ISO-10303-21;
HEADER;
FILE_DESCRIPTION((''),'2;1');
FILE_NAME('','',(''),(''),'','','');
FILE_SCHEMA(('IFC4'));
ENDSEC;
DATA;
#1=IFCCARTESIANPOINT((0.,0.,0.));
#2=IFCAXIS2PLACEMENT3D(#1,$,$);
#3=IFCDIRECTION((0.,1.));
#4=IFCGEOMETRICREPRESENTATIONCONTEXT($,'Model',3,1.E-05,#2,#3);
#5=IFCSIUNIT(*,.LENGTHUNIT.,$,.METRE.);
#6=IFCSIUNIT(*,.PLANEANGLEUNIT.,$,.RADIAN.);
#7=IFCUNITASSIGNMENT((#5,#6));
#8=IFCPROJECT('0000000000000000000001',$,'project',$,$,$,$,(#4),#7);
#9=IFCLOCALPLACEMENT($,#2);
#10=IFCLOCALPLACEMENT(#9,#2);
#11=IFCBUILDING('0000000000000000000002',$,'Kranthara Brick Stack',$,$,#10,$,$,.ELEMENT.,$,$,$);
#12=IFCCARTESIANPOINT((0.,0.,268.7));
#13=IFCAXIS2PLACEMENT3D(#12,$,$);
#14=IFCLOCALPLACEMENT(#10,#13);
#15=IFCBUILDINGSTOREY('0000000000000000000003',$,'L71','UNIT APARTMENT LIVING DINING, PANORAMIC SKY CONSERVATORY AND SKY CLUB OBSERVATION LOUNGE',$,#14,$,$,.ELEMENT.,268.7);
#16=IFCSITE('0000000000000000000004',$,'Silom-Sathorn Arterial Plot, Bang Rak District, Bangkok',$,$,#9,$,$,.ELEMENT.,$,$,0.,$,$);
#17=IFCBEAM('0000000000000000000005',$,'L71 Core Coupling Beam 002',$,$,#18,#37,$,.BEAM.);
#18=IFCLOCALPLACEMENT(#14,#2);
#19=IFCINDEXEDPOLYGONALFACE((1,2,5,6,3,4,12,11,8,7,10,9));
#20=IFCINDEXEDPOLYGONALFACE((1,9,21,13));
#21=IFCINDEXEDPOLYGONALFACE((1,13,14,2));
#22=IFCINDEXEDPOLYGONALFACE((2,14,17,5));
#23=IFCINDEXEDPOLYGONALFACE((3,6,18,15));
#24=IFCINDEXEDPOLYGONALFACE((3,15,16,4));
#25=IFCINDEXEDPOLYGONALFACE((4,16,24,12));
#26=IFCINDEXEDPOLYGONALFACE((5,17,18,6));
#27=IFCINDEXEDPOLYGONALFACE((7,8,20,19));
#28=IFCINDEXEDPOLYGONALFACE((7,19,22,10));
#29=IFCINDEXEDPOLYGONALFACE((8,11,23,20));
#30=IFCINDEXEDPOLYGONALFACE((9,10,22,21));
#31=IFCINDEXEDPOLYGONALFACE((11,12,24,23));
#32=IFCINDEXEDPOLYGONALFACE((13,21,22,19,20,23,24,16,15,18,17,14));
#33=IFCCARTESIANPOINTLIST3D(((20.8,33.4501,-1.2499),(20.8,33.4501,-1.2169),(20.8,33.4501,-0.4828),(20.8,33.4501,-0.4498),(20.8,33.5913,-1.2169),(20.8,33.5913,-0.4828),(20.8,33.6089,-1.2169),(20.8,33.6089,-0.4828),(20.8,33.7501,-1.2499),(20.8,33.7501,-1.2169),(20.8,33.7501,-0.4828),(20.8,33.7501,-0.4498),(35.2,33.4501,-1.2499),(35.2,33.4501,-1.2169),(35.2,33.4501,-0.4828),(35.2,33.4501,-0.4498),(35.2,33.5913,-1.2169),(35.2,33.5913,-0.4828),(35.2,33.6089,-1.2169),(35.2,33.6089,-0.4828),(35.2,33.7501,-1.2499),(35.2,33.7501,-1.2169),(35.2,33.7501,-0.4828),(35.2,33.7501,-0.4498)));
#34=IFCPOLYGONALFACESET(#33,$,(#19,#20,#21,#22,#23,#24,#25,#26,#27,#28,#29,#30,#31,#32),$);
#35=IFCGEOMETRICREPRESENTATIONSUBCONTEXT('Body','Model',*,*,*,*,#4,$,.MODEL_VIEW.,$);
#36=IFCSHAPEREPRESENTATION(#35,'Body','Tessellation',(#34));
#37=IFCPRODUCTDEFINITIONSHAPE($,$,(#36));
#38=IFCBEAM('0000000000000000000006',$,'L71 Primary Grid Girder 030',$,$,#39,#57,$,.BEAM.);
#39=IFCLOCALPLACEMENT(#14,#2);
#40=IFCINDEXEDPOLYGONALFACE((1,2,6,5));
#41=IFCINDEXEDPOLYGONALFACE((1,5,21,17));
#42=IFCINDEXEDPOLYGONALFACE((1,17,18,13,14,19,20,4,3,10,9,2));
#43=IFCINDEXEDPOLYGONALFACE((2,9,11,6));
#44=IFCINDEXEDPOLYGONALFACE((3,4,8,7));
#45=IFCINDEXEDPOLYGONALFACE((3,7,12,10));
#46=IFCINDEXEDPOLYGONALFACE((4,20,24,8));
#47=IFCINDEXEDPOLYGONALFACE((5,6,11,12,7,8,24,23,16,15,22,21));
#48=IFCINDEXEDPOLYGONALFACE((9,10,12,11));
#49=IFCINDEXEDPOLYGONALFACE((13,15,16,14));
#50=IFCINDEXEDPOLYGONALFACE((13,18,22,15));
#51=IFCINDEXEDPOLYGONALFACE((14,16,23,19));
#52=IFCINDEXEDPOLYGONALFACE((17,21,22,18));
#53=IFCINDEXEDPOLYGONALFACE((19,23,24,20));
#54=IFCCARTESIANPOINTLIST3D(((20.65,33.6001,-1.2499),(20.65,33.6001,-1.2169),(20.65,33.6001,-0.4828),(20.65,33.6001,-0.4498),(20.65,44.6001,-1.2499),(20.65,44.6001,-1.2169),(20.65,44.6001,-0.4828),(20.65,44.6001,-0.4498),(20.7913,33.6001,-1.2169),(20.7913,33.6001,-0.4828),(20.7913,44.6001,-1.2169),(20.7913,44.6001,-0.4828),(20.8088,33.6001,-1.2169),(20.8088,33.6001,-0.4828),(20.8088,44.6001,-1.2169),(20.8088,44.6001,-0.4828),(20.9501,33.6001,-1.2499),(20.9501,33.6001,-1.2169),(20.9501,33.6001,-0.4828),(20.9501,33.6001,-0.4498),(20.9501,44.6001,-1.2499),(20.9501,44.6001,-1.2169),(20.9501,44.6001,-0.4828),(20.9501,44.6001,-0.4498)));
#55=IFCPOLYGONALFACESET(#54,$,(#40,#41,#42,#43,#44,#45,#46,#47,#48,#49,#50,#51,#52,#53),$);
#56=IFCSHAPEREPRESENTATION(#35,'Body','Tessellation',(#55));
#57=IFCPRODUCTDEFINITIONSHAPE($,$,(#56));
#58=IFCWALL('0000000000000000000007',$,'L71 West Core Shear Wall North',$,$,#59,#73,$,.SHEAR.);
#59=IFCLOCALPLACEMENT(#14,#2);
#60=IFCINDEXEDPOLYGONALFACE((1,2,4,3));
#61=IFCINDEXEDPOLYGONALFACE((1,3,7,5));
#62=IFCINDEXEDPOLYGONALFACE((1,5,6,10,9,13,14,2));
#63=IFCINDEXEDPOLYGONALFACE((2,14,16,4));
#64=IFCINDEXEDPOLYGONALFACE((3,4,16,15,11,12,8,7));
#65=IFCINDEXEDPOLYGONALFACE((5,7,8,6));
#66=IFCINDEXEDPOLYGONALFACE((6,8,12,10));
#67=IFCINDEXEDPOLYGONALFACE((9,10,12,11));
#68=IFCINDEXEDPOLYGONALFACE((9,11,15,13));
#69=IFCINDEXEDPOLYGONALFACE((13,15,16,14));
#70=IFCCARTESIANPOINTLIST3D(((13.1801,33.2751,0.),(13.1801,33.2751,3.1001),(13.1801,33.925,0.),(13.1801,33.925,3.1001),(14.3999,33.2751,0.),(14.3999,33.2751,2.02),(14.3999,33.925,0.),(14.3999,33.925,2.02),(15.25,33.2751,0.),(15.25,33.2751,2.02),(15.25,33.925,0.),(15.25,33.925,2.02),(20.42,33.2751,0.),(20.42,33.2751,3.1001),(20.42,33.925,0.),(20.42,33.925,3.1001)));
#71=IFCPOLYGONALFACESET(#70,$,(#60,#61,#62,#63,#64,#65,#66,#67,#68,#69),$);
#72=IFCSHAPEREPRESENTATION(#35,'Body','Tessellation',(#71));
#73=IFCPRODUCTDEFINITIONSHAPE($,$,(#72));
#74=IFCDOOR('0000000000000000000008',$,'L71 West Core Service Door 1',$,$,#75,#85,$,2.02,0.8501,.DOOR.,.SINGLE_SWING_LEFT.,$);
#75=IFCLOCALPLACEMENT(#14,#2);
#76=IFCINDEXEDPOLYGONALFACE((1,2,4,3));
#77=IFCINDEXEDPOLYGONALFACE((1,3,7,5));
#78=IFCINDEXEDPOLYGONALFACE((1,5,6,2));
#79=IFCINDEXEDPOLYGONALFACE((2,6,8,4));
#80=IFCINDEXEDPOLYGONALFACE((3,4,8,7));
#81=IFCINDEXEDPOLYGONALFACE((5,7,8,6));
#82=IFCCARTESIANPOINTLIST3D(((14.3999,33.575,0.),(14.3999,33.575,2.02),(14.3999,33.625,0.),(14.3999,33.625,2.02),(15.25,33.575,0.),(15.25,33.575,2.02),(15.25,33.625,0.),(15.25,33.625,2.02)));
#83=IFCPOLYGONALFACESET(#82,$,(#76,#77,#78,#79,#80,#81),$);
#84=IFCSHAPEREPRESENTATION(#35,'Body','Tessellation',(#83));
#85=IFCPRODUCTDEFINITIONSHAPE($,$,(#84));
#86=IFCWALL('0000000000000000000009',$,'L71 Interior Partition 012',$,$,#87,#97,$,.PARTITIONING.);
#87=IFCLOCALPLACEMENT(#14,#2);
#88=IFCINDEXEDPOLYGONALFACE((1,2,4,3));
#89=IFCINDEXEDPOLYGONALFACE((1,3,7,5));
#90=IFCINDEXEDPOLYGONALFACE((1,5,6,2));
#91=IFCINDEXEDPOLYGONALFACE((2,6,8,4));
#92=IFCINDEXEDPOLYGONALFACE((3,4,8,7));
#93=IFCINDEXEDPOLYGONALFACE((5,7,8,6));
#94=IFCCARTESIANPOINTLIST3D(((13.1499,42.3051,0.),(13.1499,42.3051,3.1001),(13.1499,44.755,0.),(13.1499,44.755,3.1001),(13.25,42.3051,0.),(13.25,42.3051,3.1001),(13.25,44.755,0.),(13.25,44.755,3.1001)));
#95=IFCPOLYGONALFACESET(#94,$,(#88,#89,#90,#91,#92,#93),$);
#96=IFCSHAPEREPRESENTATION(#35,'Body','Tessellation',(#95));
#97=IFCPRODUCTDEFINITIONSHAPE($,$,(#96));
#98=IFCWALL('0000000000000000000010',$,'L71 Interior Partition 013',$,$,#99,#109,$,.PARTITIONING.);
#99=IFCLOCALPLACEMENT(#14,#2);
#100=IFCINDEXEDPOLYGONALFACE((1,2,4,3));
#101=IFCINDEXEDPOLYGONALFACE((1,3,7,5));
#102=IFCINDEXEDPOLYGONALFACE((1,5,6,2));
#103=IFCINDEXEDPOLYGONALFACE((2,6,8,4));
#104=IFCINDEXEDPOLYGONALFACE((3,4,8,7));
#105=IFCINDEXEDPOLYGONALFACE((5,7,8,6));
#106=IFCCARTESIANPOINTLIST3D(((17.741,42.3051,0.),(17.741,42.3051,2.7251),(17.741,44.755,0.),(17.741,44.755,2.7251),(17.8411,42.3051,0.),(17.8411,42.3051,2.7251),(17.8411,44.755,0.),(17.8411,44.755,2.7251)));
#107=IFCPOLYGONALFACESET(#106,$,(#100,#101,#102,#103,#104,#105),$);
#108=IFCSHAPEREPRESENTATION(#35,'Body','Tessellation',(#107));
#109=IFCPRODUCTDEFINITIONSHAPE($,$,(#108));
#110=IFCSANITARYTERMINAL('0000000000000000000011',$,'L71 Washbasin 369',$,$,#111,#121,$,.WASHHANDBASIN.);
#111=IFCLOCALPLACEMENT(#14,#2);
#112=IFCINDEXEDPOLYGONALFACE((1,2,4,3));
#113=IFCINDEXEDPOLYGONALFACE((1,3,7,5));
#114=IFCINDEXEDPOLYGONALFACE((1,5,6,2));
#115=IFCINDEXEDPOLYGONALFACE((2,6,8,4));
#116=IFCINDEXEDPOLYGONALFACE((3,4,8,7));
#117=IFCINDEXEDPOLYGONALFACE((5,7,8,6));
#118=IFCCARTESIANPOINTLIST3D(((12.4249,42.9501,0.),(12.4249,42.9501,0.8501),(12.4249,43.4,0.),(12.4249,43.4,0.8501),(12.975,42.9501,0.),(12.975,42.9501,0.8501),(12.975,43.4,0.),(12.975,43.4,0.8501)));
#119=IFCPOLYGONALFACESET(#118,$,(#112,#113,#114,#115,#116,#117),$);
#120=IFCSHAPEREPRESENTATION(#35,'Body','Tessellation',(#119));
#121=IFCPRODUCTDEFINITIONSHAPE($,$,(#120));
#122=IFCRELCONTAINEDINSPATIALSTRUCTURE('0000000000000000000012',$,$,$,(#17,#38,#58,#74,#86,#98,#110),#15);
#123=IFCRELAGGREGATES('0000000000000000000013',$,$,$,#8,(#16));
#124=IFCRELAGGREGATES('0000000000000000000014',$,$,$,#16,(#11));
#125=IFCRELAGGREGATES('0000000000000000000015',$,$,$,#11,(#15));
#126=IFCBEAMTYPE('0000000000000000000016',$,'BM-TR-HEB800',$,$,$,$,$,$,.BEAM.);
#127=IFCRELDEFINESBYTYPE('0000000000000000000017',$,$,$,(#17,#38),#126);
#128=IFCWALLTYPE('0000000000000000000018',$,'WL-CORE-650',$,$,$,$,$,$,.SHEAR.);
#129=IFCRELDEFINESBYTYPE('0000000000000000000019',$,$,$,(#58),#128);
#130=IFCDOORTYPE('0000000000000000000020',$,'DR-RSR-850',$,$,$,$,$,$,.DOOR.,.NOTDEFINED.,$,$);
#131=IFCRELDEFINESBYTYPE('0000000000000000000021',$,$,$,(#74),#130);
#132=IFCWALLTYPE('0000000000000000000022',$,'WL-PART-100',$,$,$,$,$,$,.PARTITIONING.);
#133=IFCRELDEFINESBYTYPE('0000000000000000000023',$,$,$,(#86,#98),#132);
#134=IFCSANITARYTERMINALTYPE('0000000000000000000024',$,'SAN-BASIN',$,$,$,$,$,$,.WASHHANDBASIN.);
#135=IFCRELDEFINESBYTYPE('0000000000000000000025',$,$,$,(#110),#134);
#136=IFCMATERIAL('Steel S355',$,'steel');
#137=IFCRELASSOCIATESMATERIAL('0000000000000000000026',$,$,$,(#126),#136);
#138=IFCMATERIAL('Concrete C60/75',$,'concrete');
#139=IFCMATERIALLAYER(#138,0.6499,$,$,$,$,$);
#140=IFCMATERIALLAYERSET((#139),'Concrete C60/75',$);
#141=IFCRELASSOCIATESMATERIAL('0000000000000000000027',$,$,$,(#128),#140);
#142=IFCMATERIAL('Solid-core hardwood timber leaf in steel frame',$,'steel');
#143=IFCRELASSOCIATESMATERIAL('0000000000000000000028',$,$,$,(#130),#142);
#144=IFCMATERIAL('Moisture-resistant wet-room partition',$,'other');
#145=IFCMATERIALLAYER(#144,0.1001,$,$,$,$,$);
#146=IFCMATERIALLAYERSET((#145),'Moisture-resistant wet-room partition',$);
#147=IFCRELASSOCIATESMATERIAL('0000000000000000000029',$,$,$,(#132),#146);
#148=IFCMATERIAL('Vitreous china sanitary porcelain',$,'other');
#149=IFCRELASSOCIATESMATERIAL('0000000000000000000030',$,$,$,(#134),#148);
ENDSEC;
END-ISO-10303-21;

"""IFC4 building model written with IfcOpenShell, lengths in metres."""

from ifc_helpers import new_model, si_unit, direction, frame, frame_2d, origin, origin_2d, place, context, subcontext, project, spatial, rectangle, i_section, extrude, material, layer, layer_set, material_profile, profile_set, type_object, element, fill, save


model = new_model("IFC4")

# Units and contexts
model_context = context("Model", 3, precision=1e-05, world=origin(), true_north=direction((0.0, 1.0)))
body_context = subcontext(model_context, "Body", "Model", "MODEL_VIEW")
ifc_project = project(units=[si_unit("LENGTHUNIT", "METRE"), si_unit("PLANEANGLEUNIT", "RADIAN")], contexts=[model_context])

# Site, building, storey
site_placement = place(None, origin())
site = spatial("IfcSite", under=ifc_project, at=site_placement, Name="Silom-Sathorn Arterial Plot, Bang Rak District, Bangkok", CompositionType="ELEMENT", RefElevation=0.0)
building_placement = place(site_placement, origin())
building = spatial("IfcBuilding", under=site, at=building_placement, Name="Kranthara Brick Stack", CompositionType="ELEMENT")
storey_placement = place(building_placement, frame((0.0, 0.0, 268.7)))
storey = spatial("IfcBuildingStorey", under=building, at=storey_placement, Name="L71", Description="UNIT APARTMENT LIVING DINING, PANORAMIC SKY CONSERVATORY AND SKY CLUB OBSERVATION LOUNGE", CompositionType="ELEMENT", Elevation=268.7)

# Beams
ifc_material_1 = material(Name="Steel S355", Category="steel")
ifc_material_profile_1 = material_profile(ifc_material_1, i_section(OverallWidth=0.3, OverallDepth=0.8, WebThickness=0.0176, FlangeThickness=0.033, at=origin_2d()), Name="HEB 800")
ifc_profile_set_1 = profile_set([ifc_material_profile_1], Name="Steel S355")
beam_type_1 = type_object("IfcBeamType", Name="BM-TR-HEB800", PredefinedType="BEAM", material=ifc_profile_set_1)
beam_1_placement = place(storey_placement, frame((20.8, 33.6001, -0.8499), z_axis=(1.0, 0.0, 0.0), x_axis=(0.0, 1.0, 0.0)))
element("IfcBeam", 1, at=beam_1_placement, inside=storey, type_object=beam_type_1, Name="L71 Core Coupling Beam 002", PredefinedType="BEAM", context=body_context, shape_type="SweptSolid", body=[
    extrude(i_section(OverallWidth=0.3, OverallDepth=0.8, WebThickness=0.0176, FlangeThickness=0.033, at=origin_2d()), origin(), (0.0, 0.0, 1.0), 14.3999),
])
beam_2_placement = place(storey_placement, frame((20.8, 33.6001, -0.8499), z_axis=(0.0, 1.0, 0.0), x_axis=(-1.0, 0.0, 0.0)))
element("IfcBeam", 2, at=beam_2_placement, inside=storey, type_object=beam_type_1, Name="L71 Primary Grid Girder 030", PredefinedType="BEAM", context=body_context, shape_type="SweptSolid", body=[
    extrude(i_section(OverallWidth=0.3, OverallDepth=0.8, WebThickness=0.0176, FlangeThickness=0.033, at=origin_2d()), origin(), (0.0, 0.0, 1.0), 11.0),
])

# Wall, opening, door
ifc_material_2 = material(Name="Concrete C60/75", Category="concrete")
ifc_layer_1 = layer(ifc_material_2, 0.6499)
ifc_layer_set_1 = layer_set([ifc_layer_1], Name="Concrete C60/75")
wall_type_1 = type_object("IfcWallType", Name="WL-CORE-650", PredefinedType="SHEAR", material=ifc_layer_set_1)
wall_1_placement = place(storey_placement, frame((13.1799, 33.6001, 0.0), z_axis=(0.0, 0.0, 1.0), x_axis=(1.0, 0.0, 0.0)))
wall_1 = element("IfcWall", 3, at=wall_1_placement, inside=storey, type_object=wall_type_1, Name="L71 West Core Shear Wall North", PredefinedType="SHEAR", context=body_context, shape_type="SweptSolid", body=[
    extrude(rectangle(XDim=7.24, YDim=0.6499, at=frame_2d((3.6201, 0.0))), origin(), (0.0, 0.0, 1.0), 3.1001),
])
opening_placement = place(wall_1_placement, frame((1.22, 0.0, 0.0)))
opening = element("IfcOpeningElement", 4, at=opening_placement, cuts=wall_1, PredefinedType="OPENING", context=body_context, shape_type="SweptSolid", body=[
    extrude(rectangle(XDim=0.8501, YDim=2.02, at=frame_2d((0.425, 1.01))), frame((0.0, 0.335, 0.0), z_axis=(0.0, -1.0, 0.0), x_axis=(1.0, 0.0, 0.0)), (0.0, 0.0, 1.0), 0.6699),
])
ifc_material_3 = material(Name="Solid-core hardwood timber leaf in steel frame", Category="steel")
door_type = type_object("IfcDoorType", Name="DR-RSR-850", OperationType="NOTDEFINED", PredefinedType="DOOR", material=ifc_material_3)
door_placement = place(opening_placement, origin())
door = element("IfcDoor", 5, at=door_placement, inside=storey, type_object=door_type, Name="L71 West Core Service Door 1", OperationType="SINGLE_SWING_LEFT", OverallHeight=2.02, OverallWidth=0.8501, PredefinedType="DOOR", context=body_context, shape_type="SweptSolid", body=[
    extrude(rectangle(XDim=0.8501, YDim=2.02, at=frame_2d((0.425, 1.01))), frame((0.0, 0.0249, 0.0), z_axis=(0.0, -1.0, 0.0), x_axis=(1.0, 0.0, 0.0)), (0.0, 0.0, 1.0), 0.05),
])
fill(opening, door)

# Walls
ifc_material_4 = material(Name="Moisture-resistant wet-room partition", Category="other")
ifc_layer_2 = layer(ifc_material_4, 0.1001)
ifc_layer_set_2 = layer_set([ifc_layer_2], Name="Moisture-resistant wet-room partition")
wall_type_2 = type_object("IfcWallType", Name="WL-PART-100", PredefinedType="PARTITIONING", material=ifc_layer_set_2)
wall_2_placement = place(storey_placement, frame((13.2, 42.3049, 0.0), z_axis=(0.0, 0.0, 1.0), x_axis=(0.0, 1.0, 0.0)))
element("IfcWall", 6, at=wall_2_placement, inside=storey, type_object=wall_type_2, Name="L71 Interior Partition 012", PredefinedType="PARTITIONING", context=body_context, shape_type="SweptSolid", body=[
    extrude(rectangle(XDim=2.45, YDim=0.1001, at=frame_2d((1.2251, 0.0))), origin(), (0.0, 0.0, 1.0), 3.1001),
])
wall_3_placement = place(storey_placement, frame((17.791, 42.3049, 0.0), z_axis=(0.0, 0.0, 1.0), x_axis=(0.0, 1.0, 0.0)))
element("IfcWall", 7, at=wall_3_placement, inside=storey, type_object=wall_type_2, Name="L71 Interior Partition 013", PredefinedType="PARTITIONING", context=body_context, shape_type="SweptSolid", body=[
    extrude(rectangle(XDim=2.45, YDim=0.1001, at=frame_2d((1.2251, 0.0))), origin(), (0.0, 0.0, 1.0), 2.7251),
])

# Sanitary terminal
ifc_material_5 = material(Name="Vitreous china sanitary porcelain", Category="other")
sanitary_terminal_type = type_object("IfcSanitaryTerminalType", Name="SAN-BASIN", PredefinedType="WASHHANDBASIN", material=ifc_material_5)
sanitary_terminal_placement = place(storey_placement, frame((12.7, 43.175, 0.0), z_axis=(0.0, 0.0, 1.0), x_axis=(1.0, 0.0, 0.0)))
element("IfcSanitaryTerminal", 8, at=sanitary_terminal_placement, inside=storey, type_object=sanitary_terminal_type, Name="L71 Washbasin 369", PredefinedType="WASHHANDBASIN", context=body_context, shape_type="SweptSolid", body=[
    extrude(rectangle(XDim=0.55, YDim=0.45, at=origin_2d()), origin(), (0.0, 0.0, 1.0), 0.8501),
])

save(model, "model.ifc")
